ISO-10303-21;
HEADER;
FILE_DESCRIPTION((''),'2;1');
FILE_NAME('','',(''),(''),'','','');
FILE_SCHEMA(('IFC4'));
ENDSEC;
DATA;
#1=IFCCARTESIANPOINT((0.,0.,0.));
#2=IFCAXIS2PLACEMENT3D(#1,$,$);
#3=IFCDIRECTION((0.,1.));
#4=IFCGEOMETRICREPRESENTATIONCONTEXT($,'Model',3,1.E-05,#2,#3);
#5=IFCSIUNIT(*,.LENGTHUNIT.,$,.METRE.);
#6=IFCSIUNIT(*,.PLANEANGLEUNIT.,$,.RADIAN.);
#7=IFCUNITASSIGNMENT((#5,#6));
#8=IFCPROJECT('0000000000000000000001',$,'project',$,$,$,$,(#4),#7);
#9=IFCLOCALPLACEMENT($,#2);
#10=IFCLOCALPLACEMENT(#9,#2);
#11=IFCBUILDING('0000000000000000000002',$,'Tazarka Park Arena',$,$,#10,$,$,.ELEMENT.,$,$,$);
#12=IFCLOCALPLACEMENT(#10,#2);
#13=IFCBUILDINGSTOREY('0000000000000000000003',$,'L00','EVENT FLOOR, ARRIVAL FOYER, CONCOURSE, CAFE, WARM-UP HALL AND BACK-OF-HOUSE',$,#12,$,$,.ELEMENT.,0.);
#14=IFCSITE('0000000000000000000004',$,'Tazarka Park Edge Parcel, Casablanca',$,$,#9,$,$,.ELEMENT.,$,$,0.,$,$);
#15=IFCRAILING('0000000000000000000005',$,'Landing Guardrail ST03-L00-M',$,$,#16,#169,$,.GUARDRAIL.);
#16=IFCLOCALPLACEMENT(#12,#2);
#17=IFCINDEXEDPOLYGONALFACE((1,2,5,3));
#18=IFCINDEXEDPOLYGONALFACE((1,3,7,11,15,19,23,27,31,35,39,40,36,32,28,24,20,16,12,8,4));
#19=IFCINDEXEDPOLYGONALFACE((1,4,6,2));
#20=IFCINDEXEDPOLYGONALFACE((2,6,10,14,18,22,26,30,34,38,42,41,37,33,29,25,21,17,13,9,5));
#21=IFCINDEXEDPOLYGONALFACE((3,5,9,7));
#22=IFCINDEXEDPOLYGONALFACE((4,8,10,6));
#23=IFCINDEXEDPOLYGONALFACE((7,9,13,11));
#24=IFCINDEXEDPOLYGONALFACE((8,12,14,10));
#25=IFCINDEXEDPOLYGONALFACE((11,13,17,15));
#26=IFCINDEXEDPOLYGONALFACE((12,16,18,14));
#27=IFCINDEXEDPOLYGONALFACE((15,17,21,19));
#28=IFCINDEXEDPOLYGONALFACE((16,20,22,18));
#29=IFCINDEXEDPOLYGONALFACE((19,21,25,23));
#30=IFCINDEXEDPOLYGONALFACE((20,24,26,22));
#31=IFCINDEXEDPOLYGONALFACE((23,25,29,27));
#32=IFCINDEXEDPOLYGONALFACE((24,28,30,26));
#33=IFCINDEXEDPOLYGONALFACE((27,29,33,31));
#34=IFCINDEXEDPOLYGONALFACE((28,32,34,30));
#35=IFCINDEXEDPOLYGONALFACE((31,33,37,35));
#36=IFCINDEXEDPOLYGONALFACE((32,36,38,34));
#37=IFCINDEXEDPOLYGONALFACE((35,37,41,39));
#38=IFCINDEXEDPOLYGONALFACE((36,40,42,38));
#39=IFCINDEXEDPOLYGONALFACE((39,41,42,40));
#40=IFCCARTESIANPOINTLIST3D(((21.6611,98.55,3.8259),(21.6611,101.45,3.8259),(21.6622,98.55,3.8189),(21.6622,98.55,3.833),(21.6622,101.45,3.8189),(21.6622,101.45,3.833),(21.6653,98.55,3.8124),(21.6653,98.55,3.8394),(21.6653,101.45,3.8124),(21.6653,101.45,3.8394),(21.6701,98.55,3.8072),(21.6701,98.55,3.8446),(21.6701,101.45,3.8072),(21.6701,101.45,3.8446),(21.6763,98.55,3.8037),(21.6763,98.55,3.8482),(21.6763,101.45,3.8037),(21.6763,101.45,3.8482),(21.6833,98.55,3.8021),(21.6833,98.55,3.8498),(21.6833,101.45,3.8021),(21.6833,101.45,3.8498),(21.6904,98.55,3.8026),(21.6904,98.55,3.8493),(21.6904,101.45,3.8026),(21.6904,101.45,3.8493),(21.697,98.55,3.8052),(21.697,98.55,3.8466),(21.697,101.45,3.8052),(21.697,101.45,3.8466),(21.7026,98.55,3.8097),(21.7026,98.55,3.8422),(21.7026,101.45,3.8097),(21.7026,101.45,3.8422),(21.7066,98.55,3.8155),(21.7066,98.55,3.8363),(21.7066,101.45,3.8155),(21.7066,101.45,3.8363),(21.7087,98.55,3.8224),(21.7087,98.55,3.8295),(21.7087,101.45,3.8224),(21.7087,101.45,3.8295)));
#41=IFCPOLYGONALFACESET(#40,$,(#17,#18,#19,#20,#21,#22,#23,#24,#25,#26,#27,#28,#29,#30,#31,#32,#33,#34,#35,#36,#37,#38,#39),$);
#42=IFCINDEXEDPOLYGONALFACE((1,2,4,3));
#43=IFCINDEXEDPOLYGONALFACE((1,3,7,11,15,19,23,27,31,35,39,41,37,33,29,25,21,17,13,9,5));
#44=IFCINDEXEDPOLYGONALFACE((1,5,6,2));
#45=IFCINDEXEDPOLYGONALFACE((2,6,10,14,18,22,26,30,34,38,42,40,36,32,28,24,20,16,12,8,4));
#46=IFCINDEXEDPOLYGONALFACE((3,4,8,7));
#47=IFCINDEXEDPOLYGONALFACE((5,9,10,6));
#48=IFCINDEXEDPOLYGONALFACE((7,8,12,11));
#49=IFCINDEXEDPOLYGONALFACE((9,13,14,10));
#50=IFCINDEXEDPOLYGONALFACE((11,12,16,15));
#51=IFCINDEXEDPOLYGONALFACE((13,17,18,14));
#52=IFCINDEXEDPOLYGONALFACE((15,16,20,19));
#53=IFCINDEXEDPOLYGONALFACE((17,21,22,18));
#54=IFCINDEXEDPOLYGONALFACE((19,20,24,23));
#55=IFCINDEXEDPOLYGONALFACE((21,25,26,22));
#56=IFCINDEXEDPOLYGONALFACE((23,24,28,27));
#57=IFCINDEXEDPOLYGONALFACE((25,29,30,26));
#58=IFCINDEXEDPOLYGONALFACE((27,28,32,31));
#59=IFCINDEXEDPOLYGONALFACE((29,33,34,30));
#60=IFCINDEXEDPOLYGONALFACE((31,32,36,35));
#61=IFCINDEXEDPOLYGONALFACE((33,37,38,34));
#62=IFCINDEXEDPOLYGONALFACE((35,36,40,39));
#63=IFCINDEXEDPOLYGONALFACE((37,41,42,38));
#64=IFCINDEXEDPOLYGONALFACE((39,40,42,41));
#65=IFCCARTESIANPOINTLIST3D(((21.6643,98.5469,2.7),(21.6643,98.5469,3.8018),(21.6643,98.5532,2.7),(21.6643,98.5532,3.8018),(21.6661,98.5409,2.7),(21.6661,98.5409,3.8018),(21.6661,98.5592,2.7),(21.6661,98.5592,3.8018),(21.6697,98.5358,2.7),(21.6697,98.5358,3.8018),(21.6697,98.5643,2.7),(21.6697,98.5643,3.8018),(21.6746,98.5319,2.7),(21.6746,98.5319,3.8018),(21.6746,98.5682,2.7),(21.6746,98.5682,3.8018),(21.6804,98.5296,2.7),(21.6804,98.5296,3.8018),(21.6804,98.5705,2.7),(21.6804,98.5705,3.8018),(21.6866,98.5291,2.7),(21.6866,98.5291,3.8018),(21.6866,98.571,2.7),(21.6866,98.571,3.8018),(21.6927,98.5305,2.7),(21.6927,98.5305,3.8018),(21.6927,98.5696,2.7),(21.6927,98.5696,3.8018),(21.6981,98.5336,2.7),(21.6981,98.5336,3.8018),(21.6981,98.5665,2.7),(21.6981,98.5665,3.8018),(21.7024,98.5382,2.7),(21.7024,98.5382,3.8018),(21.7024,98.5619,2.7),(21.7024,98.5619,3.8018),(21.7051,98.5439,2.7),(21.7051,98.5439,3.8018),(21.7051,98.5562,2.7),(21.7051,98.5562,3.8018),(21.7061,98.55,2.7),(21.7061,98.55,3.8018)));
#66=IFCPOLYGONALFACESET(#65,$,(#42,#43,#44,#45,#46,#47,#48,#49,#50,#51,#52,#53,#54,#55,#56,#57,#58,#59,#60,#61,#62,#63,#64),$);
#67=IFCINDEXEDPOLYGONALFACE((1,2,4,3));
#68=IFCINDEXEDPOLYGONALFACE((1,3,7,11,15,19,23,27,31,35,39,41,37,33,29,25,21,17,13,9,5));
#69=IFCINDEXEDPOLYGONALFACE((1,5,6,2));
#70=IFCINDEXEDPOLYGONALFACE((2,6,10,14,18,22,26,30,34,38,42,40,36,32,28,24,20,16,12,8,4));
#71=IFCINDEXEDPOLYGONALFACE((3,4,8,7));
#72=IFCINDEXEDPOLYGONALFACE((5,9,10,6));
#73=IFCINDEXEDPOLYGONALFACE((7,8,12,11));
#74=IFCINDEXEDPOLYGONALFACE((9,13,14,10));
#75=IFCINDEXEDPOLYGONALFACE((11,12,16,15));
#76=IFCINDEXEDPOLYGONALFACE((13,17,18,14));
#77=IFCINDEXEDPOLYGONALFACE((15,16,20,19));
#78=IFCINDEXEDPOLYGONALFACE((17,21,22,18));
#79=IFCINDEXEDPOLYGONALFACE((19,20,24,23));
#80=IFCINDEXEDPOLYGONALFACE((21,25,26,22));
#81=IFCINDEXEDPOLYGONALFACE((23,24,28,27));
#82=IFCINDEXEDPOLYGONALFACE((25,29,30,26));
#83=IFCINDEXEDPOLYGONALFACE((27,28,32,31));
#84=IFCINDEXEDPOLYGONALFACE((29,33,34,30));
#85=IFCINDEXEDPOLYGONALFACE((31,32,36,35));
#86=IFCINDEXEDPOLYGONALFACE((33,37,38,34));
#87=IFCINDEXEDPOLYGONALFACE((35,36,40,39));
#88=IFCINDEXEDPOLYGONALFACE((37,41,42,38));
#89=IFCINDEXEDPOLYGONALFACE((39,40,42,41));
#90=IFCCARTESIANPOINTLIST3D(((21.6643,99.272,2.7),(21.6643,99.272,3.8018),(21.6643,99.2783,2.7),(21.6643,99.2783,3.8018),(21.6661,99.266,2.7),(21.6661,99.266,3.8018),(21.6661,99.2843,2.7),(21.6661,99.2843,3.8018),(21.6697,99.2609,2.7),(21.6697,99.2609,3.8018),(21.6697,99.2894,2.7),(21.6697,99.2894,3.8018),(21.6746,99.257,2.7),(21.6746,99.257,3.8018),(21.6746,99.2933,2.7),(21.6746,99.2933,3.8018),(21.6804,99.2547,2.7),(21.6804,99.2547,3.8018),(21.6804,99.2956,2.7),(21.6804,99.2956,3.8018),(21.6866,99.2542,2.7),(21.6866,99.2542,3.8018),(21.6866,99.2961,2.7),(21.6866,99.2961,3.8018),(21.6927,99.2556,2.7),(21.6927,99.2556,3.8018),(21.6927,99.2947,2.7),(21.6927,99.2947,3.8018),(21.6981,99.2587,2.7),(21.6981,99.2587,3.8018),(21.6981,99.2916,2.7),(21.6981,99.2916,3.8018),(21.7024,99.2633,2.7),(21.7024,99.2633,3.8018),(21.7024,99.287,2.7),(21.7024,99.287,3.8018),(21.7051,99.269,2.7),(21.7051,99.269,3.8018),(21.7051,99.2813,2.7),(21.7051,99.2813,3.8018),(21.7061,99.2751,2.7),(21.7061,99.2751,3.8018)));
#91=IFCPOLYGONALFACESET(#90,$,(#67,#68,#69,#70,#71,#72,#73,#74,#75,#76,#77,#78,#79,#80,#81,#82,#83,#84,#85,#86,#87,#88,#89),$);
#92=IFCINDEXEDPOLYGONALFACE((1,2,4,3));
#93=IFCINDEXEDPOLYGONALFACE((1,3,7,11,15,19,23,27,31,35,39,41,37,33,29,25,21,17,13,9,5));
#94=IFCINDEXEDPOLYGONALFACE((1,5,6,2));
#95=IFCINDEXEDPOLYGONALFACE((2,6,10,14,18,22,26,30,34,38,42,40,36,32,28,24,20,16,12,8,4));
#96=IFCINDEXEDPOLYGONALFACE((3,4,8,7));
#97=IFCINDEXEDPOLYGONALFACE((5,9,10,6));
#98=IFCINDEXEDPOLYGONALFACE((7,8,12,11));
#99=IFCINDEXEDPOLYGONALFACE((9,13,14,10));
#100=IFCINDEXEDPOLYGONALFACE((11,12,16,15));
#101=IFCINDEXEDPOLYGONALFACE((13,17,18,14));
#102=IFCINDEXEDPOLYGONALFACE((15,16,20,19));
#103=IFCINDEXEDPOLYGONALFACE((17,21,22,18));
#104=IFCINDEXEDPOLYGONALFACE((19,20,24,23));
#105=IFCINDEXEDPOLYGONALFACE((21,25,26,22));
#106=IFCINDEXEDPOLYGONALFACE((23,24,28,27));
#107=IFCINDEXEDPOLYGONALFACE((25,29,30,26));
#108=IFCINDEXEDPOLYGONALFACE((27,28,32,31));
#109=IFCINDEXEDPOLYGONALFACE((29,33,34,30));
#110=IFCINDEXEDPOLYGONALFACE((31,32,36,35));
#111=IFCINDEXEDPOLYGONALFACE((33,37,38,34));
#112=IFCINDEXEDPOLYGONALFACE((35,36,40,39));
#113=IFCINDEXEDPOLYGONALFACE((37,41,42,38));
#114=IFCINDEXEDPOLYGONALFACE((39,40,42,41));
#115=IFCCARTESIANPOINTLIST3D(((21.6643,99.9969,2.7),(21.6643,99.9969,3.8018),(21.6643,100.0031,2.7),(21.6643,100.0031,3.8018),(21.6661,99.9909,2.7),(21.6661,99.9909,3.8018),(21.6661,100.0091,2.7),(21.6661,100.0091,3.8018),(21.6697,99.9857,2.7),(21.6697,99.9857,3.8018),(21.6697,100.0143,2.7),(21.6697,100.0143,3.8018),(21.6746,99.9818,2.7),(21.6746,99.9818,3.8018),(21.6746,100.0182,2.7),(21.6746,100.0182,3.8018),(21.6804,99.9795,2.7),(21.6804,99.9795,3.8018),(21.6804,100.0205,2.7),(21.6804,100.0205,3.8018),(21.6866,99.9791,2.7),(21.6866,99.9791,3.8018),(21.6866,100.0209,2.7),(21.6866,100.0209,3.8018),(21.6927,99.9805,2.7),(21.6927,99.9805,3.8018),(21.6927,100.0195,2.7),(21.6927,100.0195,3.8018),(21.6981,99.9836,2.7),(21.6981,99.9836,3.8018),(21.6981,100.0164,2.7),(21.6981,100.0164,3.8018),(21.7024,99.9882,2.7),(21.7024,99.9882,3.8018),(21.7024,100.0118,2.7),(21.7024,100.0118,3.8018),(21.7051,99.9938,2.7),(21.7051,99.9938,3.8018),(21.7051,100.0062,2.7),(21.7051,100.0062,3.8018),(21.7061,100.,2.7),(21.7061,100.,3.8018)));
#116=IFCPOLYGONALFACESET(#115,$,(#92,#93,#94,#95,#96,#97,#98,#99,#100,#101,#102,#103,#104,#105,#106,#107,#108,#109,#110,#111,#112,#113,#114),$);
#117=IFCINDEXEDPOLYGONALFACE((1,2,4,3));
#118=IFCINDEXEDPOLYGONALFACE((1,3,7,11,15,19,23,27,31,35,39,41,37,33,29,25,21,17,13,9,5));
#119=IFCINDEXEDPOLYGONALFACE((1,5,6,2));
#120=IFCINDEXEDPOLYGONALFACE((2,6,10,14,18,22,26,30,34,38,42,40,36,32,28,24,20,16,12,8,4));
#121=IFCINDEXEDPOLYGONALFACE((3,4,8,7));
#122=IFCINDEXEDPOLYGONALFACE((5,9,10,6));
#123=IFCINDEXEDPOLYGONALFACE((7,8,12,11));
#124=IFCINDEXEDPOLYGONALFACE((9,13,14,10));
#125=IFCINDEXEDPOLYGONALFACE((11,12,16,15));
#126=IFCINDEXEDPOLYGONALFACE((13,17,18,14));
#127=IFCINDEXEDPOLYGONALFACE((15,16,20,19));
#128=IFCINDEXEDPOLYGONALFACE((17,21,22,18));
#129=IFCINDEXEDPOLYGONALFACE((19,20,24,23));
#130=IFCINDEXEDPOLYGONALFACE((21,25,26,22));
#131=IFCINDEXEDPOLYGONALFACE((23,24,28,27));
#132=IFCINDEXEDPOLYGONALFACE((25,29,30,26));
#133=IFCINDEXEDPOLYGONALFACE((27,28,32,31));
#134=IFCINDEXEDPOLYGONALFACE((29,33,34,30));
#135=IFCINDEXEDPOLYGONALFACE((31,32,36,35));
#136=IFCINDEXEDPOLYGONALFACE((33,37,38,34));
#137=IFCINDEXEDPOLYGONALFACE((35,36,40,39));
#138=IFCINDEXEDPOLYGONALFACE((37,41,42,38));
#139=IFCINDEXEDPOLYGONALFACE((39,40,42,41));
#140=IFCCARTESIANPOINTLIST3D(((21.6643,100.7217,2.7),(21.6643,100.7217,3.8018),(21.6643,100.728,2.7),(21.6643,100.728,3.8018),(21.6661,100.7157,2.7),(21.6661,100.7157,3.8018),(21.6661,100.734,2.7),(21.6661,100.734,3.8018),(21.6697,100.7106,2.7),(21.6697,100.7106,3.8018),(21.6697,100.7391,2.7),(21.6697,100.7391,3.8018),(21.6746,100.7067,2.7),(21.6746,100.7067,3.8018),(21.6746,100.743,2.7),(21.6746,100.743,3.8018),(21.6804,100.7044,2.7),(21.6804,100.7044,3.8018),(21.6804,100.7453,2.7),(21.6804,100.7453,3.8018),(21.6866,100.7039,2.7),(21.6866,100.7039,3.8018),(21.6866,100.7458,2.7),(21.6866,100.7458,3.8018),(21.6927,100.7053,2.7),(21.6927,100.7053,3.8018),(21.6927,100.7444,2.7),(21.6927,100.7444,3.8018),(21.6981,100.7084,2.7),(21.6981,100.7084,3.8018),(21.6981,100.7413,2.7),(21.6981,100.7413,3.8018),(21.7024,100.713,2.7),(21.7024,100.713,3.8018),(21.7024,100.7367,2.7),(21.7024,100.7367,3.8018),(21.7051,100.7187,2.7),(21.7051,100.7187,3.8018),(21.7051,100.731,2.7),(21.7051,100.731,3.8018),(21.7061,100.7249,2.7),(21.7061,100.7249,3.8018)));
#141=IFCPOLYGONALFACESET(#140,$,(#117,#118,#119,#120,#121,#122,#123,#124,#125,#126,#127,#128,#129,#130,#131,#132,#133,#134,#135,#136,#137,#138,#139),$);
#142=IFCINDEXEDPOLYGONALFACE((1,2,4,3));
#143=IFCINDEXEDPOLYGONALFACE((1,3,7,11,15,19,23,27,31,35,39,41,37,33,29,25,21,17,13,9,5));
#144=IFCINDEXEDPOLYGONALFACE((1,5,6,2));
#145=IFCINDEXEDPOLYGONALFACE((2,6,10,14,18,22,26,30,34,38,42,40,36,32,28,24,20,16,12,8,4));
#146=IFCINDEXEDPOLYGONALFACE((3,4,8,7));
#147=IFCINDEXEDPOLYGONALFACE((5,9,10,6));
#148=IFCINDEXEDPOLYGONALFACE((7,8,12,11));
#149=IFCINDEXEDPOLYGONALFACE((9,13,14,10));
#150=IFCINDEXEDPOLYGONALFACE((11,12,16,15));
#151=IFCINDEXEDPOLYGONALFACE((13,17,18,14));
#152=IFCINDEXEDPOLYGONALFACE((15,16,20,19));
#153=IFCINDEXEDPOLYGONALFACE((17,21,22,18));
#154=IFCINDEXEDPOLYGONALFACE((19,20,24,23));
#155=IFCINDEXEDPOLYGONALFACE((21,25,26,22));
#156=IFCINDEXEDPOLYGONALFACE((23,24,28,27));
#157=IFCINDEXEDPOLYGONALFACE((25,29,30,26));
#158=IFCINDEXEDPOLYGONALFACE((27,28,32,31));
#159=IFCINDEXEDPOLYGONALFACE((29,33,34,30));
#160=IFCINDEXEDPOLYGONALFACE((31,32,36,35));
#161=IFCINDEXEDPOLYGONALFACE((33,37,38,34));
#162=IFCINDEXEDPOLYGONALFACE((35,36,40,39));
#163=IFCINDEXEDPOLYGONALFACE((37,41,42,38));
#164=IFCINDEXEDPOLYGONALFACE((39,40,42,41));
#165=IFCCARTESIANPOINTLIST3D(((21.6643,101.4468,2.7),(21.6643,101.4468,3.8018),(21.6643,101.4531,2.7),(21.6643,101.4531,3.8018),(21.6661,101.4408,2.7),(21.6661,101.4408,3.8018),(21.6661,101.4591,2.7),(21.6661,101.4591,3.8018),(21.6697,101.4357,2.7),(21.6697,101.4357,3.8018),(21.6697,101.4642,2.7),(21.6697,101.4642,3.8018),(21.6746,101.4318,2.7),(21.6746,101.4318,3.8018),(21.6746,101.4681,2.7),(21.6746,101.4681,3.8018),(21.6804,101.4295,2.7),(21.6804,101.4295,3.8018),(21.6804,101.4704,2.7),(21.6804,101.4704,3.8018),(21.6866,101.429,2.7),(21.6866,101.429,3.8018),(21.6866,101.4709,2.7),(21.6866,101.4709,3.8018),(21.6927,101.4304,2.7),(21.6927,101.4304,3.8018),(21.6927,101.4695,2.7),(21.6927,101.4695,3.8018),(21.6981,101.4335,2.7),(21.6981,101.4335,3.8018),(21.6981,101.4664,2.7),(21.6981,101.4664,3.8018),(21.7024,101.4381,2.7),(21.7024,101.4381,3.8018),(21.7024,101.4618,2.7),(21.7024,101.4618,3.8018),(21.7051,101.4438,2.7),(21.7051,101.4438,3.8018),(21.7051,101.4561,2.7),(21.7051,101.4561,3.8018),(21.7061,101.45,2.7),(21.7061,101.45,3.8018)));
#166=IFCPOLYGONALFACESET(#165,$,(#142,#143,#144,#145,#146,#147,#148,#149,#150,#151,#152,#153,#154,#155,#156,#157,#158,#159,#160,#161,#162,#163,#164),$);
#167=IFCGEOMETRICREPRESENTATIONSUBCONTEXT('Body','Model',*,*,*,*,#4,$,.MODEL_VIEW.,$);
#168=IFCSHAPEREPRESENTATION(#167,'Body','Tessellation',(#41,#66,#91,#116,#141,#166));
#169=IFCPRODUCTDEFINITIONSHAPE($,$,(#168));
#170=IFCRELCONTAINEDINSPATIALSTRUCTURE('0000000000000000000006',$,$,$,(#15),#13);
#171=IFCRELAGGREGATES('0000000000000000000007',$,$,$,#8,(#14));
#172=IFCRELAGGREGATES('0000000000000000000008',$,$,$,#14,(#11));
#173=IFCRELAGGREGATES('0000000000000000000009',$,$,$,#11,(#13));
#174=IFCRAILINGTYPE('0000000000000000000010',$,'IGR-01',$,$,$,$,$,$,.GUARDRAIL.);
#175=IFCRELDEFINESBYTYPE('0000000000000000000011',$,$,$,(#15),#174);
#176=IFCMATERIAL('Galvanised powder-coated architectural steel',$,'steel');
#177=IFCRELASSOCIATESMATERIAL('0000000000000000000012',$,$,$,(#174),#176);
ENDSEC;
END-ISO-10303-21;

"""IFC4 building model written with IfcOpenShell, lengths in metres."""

from ifc_helpers import new_model, si_unit, direction, frame, origin, origin_2d, place, context, subcontext, project, spatial, circle, extrude, material, type_object, element, save


model = new_model("IFC4")

# Units and contexts
model_context = context("Model", 3, precision=1e-05, world=origin(), true_north=direction((0.0, 1.0)))
body_context = subcontext(model_context, "Body", "Model", "MODEL_VIEW")
ifc_project = project(units=[si_unit("LENGTHUNIT", "METRE"), si_unit("PLANEANGLEUNIT", "RADIAN")], contexts=[model_context])

# Site, building, storey
site_placement = place(None, origin())
site = spatial("IfcSite", under=ifc_project, at=site_placement, Name="Tazarka Park Edge Parcel, Casablanca", CompositionType="ELEMENT", RefElevation=0.0)
building_placement = place(site_placement, origin())
building = spatial("IfcBuilding", under=site, at=building_placement, Name="Tazarka Park Arena", CompositionType="ELEMENT")
storey_placement = place(building_placement, origin())
storey = spatial("IfcBuildingStorey", under=building, at=storey_placement, Name="L00", Description="EVENT FLOOR, ARRIVAL FOYER, CONCOURSE, CAFE, WARM-UP HALL AND BACK-OF-HOUSE", CompositionType="ELEMENT", Elevation=0.0)

# Railing
ifc_material_1 = material(Name="Galvanised powder-coated architectural steel", Category="steel")
railing_type_1 = type_object("IfcRailingType", Name="IGR-01", PredefinedType="GUARDRAIL", material=ifc_material_1)
for number, where, name in (
    (1, (21.6851, 98.55, 2.7), "Landing Guardrail ST03-L00-M"),
):
    element("IfcRailing", number, at=place(storey_placement, frame(where)), inside=storey, type_object=railing_type_1, Name=name, PredefinedType="GUARDRAIL", context=body_context, shape_type="SweptSolid", body=[
        extrude(circle(Radius=0.0239, at=origin_2d()), frame((0.0, 0.0, 1.126), z_axis=(0.0, 1.0, 0.0), x_axis=(-1.0, 0.0, 0.0)), (0.0, 0.0, 1.0), 2.8999),
        extrude(circle(Radius=0.021, at=origin_2d()), origin(), (0.0, 0.0, 1.0), 1.1018),
        extrude(circle(Radius=0.021, at=origin_2d()), frame((0.0, 0.7251, 0.0)), (0.0, 0.0, 1.0), 1.1018),
        extrude(circle(Radius=0.021, at=origin_2d()), frame((0.0, 1.45, 0.0)), (0.0, 0.0, 1.0), 1.1018),
        extrude(circle(Radius=0.021, at=origin_2d()), frame((0.0, 2.1748, 0.0)), (0.0, 0.0, 1.0), 1.1018),
        extrude(circle(Radius=0.021, at=origin_2d()), frame((0.0, 2.8999, 0.0)), (0.0, 0.0, 1.0), 1.1018),
    ])

save(model, "model.ifc")
